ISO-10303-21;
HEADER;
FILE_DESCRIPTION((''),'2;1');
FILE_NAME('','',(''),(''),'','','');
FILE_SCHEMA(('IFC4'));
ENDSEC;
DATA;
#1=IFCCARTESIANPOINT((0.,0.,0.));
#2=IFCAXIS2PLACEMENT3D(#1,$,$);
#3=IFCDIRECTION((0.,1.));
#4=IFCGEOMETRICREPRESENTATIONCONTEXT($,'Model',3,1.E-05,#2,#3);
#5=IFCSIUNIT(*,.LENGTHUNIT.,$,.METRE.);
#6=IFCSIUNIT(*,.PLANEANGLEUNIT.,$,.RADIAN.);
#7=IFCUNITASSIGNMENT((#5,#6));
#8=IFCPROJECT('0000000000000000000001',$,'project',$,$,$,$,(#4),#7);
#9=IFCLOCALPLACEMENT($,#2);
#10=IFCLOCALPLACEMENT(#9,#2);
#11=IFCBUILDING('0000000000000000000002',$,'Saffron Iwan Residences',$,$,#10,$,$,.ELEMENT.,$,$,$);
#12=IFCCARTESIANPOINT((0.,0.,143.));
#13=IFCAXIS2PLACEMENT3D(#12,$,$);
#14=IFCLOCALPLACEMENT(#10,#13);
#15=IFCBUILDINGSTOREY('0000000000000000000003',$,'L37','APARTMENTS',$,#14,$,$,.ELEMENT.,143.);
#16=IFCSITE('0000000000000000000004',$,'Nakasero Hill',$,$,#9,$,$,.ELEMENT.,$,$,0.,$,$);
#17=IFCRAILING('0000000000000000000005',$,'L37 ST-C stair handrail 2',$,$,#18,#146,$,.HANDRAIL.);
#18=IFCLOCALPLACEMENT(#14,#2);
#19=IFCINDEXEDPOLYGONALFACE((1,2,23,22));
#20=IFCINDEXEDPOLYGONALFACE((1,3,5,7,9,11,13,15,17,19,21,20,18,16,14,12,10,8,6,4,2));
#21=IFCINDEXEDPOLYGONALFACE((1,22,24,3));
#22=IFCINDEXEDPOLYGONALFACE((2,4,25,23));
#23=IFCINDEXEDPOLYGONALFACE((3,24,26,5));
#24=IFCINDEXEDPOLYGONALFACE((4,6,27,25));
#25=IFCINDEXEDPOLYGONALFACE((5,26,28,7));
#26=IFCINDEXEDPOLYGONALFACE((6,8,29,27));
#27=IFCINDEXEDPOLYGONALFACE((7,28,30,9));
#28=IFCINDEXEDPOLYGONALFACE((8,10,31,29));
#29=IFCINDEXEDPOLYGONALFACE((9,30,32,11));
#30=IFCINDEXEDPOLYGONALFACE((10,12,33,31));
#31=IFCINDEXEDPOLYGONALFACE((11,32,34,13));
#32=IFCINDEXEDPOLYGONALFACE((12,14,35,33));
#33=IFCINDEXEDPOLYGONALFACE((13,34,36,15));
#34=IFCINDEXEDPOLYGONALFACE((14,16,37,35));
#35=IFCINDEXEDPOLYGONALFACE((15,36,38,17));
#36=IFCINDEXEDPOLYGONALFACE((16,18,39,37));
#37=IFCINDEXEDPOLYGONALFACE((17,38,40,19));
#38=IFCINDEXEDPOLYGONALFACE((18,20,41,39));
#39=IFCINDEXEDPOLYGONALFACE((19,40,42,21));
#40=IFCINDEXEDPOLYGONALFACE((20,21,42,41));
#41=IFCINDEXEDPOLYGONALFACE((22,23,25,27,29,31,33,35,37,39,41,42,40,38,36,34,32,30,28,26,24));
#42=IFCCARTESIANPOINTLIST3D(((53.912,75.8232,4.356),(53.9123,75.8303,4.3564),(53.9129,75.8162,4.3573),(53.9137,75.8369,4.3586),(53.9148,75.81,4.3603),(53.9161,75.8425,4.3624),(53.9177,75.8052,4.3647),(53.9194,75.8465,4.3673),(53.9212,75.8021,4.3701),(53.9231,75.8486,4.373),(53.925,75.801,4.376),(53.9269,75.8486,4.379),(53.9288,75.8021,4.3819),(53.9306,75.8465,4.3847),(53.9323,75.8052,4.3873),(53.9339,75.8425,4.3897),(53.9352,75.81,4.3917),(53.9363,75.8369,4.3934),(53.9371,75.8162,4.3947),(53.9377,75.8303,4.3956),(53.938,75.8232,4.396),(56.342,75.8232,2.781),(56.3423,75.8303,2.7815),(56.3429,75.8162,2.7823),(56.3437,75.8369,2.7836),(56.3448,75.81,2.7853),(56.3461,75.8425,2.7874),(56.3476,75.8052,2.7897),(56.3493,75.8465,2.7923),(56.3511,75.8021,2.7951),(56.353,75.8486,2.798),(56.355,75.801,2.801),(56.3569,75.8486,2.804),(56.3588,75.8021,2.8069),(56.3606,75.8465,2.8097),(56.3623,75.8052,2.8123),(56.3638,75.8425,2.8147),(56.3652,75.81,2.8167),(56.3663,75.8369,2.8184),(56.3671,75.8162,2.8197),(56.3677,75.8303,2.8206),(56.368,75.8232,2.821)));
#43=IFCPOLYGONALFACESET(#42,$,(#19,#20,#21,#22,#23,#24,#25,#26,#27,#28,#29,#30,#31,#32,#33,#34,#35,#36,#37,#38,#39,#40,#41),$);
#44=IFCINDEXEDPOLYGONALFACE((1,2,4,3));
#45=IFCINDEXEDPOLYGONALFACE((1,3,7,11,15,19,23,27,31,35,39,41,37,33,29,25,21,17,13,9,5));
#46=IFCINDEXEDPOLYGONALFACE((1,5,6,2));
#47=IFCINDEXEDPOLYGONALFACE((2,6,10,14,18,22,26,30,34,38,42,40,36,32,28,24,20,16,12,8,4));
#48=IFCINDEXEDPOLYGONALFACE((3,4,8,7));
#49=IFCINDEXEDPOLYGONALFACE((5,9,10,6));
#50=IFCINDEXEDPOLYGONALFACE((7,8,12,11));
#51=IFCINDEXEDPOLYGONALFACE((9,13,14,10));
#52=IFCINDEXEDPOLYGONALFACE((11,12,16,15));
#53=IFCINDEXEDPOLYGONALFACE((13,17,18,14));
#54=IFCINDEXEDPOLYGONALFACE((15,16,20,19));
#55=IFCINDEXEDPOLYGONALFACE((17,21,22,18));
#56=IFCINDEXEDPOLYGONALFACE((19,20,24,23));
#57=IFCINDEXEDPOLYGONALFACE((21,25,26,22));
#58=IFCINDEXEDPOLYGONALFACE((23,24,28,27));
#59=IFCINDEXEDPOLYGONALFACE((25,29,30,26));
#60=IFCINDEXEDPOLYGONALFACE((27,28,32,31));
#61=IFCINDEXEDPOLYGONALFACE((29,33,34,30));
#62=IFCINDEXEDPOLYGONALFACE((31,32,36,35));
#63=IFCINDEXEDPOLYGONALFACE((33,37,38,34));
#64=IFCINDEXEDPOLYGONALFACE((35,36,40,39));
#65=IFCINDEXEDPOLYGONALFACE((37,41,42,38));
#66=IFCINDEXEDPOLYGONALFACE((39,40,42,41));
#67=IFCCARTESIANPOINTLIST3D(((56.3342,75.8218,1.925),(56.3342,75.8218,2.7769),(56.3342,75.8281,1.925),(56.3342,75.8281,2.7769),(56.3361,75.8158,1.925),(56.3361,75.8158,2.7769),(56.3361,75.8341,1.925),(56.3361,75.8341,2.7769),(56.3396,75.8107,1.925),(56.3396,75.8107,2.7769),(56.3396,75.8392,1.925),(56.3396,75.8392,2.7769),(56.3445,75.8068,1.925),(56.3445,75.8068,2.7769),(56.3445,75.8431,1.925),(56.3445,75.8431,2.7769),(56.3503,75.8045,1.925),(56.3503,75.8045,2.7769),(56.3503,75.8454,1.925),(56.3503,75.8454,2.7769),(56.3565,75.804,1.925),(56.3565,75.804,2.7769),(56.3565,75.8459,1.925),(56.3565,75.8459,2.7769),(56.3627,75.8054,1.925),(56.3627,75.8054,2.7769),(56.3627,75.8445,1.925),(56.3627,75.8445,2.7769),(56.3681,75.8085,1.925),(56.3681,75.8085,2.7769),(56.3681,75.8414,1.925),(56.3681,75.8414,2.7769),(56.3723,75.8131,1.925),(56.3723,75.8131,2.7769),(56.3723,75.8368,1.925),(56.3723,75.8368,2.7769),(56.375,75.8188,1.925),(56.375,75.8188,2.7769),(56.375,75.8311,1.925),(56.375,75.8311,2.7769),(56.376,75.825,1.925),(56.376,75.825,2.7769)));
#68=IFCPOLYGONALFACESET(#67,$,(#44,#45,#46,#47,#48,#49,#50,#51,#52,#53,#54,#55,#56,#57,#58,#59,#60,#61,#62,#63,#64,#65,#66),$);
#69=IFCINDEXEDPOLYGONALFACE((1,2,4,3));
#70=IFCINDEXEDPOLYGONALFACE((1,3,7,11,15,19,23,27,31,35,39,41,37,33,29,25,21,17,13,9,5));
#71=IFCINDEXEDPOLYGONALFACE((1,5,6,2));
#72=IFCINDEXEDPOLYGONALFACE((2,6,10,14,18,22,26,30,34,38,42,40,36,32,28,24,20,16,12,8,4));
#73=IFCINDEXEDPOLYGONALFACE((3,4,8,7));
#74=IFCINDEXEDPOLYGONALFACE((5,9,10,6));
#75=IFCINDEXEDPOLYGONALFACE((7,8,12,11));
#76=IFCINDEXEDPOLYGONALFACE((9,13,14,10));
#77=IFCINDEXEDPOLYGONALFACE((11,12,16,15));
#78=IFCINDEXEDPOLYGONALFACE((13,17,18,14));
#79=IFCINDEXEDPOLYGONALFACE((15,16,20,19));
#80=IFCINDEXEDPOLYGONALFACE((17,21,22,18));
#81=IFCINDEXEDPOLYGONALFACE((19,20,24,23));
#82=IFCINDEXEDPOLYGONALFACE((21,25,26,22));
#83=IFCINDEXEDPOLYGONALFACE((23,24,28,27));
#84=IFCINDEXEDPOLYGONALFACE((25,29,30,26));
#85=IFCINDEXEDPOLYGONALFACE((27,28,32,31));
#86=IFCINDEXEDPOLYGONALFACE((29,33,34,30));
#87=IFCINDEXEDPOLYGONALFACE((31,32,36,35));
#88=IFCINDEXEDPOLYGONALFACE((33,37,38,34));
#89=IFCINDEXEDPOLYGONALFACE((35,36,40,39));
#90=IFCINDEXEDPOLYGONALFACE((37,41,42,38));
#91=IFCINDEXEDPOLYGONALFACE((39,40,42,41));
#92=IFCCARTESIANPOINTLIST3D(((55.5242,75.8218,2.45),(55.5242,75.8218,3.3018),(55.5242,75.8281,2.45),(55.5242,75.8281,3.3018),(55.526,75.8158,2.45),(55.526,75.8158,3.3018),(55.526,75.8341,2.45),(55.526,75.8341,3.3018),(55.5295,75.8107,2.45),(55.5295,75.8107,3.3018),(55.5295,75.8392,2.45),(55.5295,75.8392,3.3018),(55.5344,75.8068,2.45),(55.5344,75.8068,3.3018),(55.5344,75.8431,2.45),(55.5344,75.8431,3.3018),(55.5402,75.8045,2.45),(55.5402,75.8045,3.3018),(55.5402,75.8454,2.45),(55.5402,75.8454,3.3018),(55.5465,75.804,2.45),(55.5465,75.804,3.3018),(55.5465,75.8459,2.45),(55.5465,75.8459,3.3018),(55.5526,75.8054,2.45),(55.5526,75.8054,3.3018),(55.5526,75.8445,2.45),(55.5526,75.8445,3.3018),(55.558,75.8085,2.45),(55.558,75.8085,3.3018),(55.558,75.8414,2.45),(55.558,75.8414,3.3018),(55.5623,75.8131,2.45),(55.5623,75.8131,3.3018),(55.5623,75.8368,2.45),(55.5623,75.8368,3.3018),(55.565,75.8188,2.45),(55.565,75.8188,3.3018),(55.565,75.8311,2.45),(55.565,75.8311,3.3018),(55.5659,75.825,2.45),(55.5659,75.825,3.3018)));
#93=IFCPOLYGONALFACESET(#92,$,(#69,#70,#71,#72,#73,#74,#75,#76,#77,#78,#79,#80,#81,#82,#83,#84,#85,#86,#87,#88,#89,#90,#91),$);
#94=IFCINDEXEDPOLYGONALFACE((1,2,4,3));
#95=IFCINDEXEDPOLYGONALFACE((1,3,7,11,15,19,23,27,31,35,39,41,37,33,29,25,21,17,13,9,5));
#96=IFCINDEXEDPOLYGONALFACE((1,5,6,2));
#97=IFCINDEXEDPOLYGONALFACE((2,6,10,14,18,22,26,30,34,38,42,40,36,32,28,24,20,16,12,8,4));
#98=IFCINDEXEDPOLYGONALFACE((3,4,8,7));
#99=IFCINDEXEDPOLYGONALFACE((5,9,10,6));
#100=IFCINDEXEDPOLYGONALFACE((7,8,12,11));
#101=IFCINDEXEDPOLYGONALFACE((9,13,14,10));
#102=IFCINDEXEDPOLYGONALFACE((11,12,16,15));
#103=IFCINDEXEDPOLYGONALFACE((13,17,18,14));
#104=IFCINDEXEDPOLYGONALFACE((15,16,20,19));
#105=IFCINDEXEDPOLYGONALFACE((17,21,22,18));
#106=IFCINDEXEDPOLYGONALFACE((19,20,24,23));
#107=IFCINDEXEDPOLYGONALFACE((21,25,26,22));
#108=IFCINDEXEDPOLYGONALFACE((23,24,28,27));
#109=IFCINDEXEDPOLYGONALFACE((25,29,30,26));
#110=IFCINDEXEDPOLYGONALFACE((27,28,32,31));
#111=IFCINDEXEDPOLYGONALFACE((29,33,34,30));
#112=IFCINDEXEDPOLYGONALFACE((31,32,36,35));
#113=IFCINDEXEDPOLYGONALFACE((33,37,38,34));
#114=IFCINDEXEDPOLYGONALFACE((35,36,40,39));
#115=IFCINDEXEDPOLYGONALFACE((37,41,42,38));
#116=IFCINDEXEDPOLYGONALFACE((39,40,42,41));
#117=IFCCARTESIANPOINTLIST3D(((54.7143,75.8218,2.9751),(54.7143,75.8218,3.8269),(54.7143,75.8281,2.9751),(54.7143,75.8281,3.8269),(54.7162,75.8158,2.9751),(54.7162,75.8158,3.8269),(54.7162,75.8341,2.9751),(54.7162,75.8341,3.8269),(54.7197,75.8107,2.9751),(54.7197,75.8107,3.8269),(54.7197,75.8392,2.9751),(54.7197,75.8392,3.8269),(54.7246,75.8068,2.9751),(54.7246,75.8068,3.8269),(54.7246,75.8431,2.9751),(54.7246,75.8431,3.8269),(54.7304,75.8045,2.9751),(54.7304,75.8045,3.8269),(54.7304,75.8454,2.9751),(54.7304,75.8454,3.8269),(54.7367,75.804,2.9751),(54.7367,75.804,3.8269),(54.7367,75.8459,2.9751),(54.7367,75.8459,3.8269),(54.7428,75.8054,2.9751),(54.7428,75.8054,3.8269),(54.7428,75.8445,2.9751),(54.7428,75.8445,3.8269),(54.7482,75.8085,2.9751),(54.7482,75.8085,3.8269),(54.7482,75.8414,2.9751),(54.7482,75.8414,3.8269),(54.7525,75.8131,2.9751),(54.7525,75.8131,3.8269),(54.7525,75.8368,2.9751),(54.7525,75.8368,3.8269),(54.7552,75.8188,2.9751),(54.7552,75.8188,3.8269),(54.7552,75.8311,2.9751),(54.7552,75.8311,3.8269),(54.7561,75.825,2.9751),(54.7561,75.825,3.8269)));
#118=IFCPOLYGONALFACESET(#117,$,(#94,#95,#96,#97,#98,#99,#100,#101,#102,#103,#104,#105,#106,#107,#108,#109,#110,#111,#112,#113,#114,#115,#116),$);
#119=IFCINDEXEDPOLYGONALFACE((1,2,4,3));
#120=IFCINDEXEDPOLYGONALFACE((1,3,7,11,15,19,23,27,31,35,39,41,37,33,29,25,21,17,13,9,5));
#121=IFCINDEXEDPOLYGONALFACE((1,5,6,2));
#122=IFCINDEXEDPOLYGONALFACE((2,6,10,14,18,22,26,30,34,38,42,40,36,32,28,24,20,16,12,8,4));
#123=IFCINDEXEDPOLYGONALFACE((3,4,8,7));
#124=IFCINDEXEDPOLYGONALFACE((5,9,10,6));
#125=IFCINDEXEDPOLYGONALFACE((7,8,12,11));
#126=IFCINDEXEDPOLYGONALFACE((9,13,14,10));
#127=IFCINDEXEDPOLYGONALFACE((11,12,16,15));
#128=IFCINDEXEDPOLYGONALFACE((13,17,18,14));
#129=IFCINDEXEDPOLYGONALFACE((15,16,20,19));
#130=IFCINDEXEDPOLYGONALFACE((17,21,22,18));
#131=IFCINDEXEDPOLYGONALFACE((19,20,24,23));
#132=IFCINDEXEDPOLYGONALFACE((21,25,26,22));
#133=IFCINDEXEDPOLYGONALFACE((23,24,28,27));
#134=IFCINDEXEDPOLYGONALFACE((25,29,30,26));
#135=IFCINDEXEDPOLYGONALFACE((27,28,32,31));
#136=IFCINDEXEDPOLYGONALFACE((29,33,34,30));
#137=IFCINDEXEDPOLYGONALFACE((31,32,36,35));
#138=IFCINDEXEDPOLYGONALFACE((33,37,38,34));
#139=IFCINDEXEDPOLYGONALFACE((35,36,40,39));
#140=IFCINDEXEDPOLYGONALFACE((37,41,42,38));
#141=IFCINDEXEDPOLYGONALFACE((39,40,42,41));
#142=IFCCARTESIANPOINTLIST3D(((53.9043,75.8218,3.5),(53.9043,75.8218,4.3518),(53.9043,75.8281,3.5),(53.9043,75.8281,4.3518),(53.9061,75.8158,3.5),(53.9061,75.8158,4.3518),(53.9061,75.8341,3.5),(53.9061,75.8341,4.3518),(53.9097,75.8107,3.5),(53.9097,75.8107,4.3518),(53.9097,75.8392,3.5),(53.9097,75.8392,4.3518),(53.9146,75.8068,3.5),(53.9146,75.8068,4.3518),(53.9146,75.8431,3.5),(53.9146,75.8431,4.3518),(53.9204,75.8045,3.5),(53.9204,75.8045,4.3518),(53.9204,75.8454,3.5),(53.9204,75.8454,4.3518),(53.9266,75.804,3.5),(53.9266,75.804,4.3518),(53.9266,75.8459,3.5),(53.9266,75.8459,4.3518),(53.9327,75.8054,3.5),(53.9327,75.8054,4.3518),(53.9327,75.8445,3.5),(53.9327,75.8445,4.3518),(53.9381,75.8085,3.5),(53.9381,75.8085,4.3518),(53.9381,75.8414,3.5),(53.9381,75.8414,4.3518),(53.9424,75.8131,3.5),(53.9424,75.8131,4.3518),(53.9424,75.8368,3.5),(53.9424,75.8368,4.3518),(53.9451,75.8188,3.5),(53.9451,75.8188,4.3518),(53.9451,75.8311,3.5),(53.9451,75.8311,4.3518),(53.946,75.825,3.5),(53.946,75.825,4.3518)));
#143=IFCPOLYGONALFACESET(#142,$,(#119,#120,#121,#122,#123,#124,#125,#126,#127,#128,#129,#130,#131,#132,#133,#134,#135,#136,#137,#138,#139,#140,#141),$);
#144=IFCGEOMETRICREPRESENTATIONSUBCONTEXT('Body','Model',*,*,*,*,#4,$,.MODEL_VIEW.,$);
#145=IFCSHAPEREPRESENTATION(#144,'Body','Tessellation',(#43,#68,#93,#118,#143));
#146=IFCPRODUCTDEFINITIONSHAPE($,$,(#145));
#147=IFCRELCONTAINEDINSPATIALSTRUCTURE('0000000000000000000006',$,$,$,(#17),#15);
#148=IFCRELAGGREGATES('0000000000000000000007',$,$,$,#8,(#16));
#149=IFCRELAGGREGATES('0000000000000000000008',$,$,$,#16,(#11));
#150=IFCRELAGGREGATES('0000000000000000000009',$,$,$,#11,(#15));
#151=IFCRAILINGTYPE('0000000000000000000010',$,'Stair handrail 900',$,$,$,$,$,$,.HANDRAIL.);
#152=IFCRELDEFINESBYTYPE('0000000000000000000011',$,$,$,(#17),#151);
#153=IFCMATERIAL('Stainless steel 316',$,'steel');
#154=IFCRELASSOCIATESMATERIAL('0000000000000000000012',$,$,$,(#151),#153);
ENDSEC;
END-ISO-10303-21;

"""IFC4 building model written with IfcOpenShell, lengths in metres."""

from ifc_helpers import new_model, si_unit, direction, frame, origin, origin_2d, place, context, subcontext, project, spatial, circle, extrude, material, type_object, element, save


model = new_model("IFC4")

# Units and contexts
model_context = context("Model", 3, precision=1e-05, world=origin(), true_north=direction((0.0, 1.0)))
body_context = subcontext(model_context, "Body", "Model", "MODEL_VIEW")
ifc_project = project(units=[si_unit("LENGTHUNIT", "METRE"), si_unit("PLANEANGLEUNIT", "RADIAN")], contexts=[model_context])

# Site, building, storey
site_placement = place(None, origin())
site = spatial("IfcSite", under=ifc_project, at=site_placement, Name="Nakasero Hill", CompositionType="ELEMENT", RefElevation=0.0)
building_placement = place(site_placement, origin())
building = spatial("IfcBuilding", under=site, at=building_placement, Name="Saffron Iwan Residences", CompositionType="ELEMENT")
storey_placement = place(building_placement, frame((0.0, 0.0, 143.0)))
storey = spatial("IfcBuildingStorey", under=building, at=storey_placement, Name="L37", Description="APARTMENTS", CompositionType="ELEMENT", Elevation=143.0)

# Railing
ifc_material_1 = material(Name="Stainless steel 316", Category="steel")
railing_type = type_object("IfcRailingType", Name="Stair handrail 900", PredefinedType="HANDRAIL", material=ifc_material_1)
railing_1_placement = place(storey_placement, frame((56.355, 75.825, 1.925)))
element("IfcRailing", 1, at=railing_1_placement, inside=storey, type_object=railing_type, Name="L37 ST-C stair handrail 2", PredefinedType="HANDRAIL", context=body_context, shape_type="SweptSolid", body=[
    extrude(circle(Radius=0.0239, at=origin_2d()), frame((0.0, 0.0, 0.876), z_axis=(-0.839154, 0.0, 0.543894), x_axis=(0.0, -1.0, 0.0)), (0.0, 0.0, 1.0), 2.8958),
    extrude(circle(Radius=0.021, at=origin_2d()), origin(), (0.0, 0.0, 1.0), 0.8518),
    extrude(circle(Radius=0.021, at=origin_2d()), frame((-0.8101, 0.0, 0.5249)), (0.0, 0.0, 1.0), 0.8518),
    extrude(circle(Radius=0.021, at=origin_2d()), frame((-1.6199, 0.0, 1.05)), (0.0, 0.0, 1.0), 0.8518),
    extrude(circle(Radius=0.021, at=origin_2d()), frame((-2.4299, 0.0, 1.575)), (0.0, 0.0, 1.0), 0.8518),
])

save(model, "model.ifc")
